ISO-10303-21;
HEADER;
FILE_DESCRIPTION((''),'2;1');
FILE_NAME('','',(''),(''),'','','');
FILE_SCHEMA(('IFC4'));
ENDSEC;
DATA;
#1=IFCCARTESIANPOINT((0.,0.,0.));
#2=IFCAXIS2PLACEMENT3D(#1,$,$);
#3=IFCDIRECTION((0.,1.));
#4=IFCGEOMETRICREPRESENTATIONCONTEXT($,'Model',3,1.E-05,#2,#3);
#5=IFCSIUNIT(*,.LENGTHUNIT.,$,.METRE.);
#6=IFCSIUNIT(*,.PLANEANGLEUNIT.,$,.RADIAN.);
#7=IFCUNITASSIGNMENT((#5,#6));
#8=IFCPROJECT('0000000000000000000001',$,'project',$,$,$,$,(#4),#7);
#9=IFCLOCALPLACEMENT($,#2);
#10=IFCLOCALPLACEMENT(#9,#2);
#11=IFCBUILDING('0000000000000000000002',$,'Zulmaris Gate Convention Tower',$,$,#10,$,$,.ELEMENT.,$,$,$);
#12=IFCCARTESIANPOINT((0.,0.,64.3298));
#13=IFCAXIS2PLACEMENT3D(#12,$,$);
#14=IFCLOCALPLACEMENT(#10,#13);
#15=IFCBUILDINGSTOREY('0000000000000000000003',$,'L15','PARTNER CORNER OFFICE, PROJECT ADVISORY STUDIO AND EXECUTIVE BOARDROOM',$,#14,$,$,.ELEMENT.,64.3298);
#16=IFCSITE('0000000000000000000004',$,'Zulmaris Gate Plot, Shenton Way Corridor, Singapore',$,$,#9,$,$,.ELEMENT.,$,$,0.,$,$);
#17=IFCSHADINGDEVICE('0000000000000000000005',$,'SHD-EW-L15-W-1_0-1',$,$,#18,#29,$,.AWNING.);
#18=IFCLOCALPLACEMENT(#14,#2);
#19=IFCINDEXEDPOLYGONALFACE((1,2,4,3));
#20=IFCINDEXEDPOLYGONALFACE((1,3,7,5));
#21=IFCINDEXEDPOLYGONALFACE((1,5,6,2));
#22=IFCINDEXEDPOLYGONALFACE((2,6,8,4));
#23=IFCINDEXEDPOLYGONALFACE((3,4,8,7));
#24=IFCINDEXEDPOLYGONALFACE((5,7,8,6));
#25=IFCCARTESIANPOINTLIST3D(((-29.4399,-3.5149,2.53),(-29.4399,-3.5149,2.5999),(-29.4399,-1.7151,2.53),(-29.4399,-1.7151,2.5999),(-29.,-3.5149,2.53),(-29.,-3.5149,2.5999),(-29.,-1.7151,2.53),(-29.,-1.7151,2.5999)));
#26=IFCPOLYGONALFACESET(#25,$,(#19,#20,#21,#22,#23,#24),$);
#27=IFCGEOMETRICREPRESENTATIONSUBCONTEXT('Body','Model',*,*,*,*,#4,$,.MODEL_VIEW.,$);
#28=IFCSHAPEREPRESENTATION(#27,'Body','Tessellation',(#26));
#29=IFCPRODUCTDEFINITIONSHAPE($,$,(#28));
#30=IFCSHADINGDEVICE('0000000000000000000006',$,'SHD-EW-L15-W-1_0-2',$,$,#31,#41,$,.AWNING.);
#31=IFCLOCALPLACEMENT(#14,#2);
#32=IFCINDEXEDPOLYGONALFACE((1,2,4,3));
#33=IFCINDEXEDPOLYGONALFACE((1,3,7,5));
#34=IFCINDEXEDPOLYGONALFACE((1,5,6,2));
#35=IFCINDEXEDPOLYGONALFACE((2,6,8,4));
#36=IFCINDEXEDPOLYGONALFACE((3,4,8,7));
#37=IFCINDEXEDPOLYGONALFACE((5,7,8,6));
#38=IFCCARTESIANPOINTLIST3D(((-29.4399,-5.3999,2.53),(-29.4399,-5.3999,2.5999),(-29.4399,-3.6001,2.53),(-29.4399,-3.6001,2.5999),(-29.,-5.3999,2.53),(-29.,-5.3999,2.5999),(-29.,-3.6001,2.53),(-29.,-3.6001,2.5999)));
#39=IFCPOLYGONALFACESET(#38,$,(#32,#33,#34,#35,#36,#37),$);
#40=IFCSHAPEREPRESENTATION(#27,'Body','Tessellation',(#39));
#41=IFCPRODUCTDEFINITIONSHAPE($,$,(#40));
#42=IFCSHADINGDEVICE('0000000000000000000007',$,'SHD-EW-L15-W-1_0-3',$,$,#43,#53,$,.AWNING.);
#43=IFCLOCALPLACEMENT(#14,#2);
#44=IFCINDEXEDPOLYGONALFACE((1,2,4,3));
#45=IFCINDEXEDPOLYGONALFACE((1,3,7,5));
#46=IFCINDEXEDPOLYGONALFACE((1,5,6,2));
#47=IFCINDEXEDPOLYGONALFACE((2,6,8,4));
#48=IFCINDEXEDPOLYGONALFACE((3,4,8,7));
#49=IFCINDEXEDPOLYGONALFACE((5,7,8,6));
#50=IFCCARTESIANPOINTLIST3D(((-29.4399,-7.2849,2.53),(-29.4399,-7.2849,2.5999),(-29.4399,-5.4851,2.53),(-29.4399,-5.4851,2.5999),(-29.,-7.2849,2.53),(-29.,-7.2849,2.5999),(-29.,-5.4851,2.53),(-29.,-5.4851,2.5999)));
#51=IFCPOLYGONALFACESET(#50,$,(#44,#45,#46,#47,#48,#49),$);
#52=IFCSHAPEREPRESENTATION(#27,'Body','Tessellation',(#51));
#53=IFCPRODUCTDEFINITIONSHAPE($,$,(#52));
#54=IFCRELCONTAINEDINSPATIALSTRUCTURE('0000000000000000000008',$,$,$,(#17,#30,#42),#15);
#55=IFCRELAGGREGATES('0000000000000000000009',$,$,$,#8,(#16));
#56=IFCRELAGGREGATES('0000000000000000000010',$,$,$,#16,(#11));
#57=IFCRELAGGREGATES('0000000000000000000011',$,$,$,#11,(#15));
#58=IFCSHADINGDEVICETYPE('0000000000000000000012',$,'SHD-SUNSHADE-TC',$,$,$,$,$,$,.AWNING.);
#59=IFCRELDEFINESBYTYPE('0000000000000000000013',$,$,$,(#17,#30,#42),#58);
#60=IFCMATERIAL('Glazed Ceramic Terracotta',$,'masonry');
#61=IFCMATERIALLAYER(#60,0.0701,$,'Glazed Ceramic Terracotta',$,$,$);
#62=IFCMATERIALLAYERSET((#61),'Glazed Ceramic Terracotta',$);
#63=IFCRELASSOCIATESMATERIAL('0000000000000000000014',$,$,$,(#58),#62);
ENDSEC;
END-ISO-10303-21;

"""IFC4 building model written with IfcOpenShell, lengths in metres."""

from ifc_helpers import new_model, si_unit, direction, frame, frame_2d, origin, place, context, subcontext, project, spatial, rectangle, extrude, material, layer, layer_set, type_object, element, save


model = new_model("IFC4")

# Units and contexts
model_context = context("Model", 3, precision=1e-05, world=origin(), true_north=direction((0.0, 1.0)))
body_context = subcontext(model_context, "Body", "Model", "MODEL_VIEW")
ifc_project = project(units=[si_unit("LENGTHUNIT", "METRE"), si_unit("PLANEANGLEUNIT", "RADIAN")], contexts=[model_context])

# Site, building, storey
site_placement = place(None, origin())
site = spatial("IfcSite", under=ifc_project, at=site_placement, Name="Zulmaris Gate Plot, Shenton Way Corridor, Singapore", CompositionType="ELEMENT", RefElevation=0.0)
building_placement = place(site_placement, origin())
building = spatial("IfcBuilding", under=site, at=building_placement, Name="Zulmaris Gate Convention Tower", CompositionType="ELEMENT")
storey_placement = place(building_placement, frame((0.0, 0.0, 64.3298)))
storey = spatial("IfcBuildingStorey", under=building, at=storey_placement, Name="L15", Description="PARTNER CORNER OFFICE, PROJECT ADVISORY STUDIO AND EXECUTIVE BOARDROOM", CompositionType="ELEMENT", Elevation=64.3298)

# Shading devices
ifc_material_1 = material(Name="Glazed Ceramic Terracotta", Category="masonry")
ifc_layer_1 = layer(ifc_material_1, 0.0701, Name="Glazed Ceramic Terracotta")
ifc_layer_set_1 = layer_set([ifc_layer_1], Name="Glazed Ceramic Terracotta")
shading_device_type = type_object("IfcShadingDeviceType", Name="SHD-SUNSHADE-TC", PredefinedType="AWNING", material=ifc_layer_set_1)
for number, where, z_axis, x_axis, name in (
    (1, (-29.22, -1.7151, 2.53), (0.0, 0.0, 1.0), (0.0, -1.0, 0.0), "SHD-EW-L15-W-1_0-1"),
    (2, (-29.22, -3.6001, 2.53), (0.0, 0.0, 1.0), (0.0, -1.0, 0.0), "SHD-EW-L15-W-1_0-2"),
    (3, (-29.22, -5.4851, 2.53), (0.0, 0.0, 1.0), (0.0, -1.0, 0.0), "SHD-EW-L15-W-1_0-3"),
):
    element("IfcShadingDevice", number, at=place(storey_placement, frame(where, z_axis=z_axis, x_axis=x_axis)), inside=storey, type_object=shading_device_type, Name=name, PredefinedType="AWNING", context=body_context, shape_type="SweptSolid", body=[
        extrude(rectangle(XDim=1.7998, YDim=0.4399, at=frame_2d((0.8999, 0.0))), origin(), (0.0, 0.0, 1.0), 0.0698),
    ])

save(model, "model.ifc")
